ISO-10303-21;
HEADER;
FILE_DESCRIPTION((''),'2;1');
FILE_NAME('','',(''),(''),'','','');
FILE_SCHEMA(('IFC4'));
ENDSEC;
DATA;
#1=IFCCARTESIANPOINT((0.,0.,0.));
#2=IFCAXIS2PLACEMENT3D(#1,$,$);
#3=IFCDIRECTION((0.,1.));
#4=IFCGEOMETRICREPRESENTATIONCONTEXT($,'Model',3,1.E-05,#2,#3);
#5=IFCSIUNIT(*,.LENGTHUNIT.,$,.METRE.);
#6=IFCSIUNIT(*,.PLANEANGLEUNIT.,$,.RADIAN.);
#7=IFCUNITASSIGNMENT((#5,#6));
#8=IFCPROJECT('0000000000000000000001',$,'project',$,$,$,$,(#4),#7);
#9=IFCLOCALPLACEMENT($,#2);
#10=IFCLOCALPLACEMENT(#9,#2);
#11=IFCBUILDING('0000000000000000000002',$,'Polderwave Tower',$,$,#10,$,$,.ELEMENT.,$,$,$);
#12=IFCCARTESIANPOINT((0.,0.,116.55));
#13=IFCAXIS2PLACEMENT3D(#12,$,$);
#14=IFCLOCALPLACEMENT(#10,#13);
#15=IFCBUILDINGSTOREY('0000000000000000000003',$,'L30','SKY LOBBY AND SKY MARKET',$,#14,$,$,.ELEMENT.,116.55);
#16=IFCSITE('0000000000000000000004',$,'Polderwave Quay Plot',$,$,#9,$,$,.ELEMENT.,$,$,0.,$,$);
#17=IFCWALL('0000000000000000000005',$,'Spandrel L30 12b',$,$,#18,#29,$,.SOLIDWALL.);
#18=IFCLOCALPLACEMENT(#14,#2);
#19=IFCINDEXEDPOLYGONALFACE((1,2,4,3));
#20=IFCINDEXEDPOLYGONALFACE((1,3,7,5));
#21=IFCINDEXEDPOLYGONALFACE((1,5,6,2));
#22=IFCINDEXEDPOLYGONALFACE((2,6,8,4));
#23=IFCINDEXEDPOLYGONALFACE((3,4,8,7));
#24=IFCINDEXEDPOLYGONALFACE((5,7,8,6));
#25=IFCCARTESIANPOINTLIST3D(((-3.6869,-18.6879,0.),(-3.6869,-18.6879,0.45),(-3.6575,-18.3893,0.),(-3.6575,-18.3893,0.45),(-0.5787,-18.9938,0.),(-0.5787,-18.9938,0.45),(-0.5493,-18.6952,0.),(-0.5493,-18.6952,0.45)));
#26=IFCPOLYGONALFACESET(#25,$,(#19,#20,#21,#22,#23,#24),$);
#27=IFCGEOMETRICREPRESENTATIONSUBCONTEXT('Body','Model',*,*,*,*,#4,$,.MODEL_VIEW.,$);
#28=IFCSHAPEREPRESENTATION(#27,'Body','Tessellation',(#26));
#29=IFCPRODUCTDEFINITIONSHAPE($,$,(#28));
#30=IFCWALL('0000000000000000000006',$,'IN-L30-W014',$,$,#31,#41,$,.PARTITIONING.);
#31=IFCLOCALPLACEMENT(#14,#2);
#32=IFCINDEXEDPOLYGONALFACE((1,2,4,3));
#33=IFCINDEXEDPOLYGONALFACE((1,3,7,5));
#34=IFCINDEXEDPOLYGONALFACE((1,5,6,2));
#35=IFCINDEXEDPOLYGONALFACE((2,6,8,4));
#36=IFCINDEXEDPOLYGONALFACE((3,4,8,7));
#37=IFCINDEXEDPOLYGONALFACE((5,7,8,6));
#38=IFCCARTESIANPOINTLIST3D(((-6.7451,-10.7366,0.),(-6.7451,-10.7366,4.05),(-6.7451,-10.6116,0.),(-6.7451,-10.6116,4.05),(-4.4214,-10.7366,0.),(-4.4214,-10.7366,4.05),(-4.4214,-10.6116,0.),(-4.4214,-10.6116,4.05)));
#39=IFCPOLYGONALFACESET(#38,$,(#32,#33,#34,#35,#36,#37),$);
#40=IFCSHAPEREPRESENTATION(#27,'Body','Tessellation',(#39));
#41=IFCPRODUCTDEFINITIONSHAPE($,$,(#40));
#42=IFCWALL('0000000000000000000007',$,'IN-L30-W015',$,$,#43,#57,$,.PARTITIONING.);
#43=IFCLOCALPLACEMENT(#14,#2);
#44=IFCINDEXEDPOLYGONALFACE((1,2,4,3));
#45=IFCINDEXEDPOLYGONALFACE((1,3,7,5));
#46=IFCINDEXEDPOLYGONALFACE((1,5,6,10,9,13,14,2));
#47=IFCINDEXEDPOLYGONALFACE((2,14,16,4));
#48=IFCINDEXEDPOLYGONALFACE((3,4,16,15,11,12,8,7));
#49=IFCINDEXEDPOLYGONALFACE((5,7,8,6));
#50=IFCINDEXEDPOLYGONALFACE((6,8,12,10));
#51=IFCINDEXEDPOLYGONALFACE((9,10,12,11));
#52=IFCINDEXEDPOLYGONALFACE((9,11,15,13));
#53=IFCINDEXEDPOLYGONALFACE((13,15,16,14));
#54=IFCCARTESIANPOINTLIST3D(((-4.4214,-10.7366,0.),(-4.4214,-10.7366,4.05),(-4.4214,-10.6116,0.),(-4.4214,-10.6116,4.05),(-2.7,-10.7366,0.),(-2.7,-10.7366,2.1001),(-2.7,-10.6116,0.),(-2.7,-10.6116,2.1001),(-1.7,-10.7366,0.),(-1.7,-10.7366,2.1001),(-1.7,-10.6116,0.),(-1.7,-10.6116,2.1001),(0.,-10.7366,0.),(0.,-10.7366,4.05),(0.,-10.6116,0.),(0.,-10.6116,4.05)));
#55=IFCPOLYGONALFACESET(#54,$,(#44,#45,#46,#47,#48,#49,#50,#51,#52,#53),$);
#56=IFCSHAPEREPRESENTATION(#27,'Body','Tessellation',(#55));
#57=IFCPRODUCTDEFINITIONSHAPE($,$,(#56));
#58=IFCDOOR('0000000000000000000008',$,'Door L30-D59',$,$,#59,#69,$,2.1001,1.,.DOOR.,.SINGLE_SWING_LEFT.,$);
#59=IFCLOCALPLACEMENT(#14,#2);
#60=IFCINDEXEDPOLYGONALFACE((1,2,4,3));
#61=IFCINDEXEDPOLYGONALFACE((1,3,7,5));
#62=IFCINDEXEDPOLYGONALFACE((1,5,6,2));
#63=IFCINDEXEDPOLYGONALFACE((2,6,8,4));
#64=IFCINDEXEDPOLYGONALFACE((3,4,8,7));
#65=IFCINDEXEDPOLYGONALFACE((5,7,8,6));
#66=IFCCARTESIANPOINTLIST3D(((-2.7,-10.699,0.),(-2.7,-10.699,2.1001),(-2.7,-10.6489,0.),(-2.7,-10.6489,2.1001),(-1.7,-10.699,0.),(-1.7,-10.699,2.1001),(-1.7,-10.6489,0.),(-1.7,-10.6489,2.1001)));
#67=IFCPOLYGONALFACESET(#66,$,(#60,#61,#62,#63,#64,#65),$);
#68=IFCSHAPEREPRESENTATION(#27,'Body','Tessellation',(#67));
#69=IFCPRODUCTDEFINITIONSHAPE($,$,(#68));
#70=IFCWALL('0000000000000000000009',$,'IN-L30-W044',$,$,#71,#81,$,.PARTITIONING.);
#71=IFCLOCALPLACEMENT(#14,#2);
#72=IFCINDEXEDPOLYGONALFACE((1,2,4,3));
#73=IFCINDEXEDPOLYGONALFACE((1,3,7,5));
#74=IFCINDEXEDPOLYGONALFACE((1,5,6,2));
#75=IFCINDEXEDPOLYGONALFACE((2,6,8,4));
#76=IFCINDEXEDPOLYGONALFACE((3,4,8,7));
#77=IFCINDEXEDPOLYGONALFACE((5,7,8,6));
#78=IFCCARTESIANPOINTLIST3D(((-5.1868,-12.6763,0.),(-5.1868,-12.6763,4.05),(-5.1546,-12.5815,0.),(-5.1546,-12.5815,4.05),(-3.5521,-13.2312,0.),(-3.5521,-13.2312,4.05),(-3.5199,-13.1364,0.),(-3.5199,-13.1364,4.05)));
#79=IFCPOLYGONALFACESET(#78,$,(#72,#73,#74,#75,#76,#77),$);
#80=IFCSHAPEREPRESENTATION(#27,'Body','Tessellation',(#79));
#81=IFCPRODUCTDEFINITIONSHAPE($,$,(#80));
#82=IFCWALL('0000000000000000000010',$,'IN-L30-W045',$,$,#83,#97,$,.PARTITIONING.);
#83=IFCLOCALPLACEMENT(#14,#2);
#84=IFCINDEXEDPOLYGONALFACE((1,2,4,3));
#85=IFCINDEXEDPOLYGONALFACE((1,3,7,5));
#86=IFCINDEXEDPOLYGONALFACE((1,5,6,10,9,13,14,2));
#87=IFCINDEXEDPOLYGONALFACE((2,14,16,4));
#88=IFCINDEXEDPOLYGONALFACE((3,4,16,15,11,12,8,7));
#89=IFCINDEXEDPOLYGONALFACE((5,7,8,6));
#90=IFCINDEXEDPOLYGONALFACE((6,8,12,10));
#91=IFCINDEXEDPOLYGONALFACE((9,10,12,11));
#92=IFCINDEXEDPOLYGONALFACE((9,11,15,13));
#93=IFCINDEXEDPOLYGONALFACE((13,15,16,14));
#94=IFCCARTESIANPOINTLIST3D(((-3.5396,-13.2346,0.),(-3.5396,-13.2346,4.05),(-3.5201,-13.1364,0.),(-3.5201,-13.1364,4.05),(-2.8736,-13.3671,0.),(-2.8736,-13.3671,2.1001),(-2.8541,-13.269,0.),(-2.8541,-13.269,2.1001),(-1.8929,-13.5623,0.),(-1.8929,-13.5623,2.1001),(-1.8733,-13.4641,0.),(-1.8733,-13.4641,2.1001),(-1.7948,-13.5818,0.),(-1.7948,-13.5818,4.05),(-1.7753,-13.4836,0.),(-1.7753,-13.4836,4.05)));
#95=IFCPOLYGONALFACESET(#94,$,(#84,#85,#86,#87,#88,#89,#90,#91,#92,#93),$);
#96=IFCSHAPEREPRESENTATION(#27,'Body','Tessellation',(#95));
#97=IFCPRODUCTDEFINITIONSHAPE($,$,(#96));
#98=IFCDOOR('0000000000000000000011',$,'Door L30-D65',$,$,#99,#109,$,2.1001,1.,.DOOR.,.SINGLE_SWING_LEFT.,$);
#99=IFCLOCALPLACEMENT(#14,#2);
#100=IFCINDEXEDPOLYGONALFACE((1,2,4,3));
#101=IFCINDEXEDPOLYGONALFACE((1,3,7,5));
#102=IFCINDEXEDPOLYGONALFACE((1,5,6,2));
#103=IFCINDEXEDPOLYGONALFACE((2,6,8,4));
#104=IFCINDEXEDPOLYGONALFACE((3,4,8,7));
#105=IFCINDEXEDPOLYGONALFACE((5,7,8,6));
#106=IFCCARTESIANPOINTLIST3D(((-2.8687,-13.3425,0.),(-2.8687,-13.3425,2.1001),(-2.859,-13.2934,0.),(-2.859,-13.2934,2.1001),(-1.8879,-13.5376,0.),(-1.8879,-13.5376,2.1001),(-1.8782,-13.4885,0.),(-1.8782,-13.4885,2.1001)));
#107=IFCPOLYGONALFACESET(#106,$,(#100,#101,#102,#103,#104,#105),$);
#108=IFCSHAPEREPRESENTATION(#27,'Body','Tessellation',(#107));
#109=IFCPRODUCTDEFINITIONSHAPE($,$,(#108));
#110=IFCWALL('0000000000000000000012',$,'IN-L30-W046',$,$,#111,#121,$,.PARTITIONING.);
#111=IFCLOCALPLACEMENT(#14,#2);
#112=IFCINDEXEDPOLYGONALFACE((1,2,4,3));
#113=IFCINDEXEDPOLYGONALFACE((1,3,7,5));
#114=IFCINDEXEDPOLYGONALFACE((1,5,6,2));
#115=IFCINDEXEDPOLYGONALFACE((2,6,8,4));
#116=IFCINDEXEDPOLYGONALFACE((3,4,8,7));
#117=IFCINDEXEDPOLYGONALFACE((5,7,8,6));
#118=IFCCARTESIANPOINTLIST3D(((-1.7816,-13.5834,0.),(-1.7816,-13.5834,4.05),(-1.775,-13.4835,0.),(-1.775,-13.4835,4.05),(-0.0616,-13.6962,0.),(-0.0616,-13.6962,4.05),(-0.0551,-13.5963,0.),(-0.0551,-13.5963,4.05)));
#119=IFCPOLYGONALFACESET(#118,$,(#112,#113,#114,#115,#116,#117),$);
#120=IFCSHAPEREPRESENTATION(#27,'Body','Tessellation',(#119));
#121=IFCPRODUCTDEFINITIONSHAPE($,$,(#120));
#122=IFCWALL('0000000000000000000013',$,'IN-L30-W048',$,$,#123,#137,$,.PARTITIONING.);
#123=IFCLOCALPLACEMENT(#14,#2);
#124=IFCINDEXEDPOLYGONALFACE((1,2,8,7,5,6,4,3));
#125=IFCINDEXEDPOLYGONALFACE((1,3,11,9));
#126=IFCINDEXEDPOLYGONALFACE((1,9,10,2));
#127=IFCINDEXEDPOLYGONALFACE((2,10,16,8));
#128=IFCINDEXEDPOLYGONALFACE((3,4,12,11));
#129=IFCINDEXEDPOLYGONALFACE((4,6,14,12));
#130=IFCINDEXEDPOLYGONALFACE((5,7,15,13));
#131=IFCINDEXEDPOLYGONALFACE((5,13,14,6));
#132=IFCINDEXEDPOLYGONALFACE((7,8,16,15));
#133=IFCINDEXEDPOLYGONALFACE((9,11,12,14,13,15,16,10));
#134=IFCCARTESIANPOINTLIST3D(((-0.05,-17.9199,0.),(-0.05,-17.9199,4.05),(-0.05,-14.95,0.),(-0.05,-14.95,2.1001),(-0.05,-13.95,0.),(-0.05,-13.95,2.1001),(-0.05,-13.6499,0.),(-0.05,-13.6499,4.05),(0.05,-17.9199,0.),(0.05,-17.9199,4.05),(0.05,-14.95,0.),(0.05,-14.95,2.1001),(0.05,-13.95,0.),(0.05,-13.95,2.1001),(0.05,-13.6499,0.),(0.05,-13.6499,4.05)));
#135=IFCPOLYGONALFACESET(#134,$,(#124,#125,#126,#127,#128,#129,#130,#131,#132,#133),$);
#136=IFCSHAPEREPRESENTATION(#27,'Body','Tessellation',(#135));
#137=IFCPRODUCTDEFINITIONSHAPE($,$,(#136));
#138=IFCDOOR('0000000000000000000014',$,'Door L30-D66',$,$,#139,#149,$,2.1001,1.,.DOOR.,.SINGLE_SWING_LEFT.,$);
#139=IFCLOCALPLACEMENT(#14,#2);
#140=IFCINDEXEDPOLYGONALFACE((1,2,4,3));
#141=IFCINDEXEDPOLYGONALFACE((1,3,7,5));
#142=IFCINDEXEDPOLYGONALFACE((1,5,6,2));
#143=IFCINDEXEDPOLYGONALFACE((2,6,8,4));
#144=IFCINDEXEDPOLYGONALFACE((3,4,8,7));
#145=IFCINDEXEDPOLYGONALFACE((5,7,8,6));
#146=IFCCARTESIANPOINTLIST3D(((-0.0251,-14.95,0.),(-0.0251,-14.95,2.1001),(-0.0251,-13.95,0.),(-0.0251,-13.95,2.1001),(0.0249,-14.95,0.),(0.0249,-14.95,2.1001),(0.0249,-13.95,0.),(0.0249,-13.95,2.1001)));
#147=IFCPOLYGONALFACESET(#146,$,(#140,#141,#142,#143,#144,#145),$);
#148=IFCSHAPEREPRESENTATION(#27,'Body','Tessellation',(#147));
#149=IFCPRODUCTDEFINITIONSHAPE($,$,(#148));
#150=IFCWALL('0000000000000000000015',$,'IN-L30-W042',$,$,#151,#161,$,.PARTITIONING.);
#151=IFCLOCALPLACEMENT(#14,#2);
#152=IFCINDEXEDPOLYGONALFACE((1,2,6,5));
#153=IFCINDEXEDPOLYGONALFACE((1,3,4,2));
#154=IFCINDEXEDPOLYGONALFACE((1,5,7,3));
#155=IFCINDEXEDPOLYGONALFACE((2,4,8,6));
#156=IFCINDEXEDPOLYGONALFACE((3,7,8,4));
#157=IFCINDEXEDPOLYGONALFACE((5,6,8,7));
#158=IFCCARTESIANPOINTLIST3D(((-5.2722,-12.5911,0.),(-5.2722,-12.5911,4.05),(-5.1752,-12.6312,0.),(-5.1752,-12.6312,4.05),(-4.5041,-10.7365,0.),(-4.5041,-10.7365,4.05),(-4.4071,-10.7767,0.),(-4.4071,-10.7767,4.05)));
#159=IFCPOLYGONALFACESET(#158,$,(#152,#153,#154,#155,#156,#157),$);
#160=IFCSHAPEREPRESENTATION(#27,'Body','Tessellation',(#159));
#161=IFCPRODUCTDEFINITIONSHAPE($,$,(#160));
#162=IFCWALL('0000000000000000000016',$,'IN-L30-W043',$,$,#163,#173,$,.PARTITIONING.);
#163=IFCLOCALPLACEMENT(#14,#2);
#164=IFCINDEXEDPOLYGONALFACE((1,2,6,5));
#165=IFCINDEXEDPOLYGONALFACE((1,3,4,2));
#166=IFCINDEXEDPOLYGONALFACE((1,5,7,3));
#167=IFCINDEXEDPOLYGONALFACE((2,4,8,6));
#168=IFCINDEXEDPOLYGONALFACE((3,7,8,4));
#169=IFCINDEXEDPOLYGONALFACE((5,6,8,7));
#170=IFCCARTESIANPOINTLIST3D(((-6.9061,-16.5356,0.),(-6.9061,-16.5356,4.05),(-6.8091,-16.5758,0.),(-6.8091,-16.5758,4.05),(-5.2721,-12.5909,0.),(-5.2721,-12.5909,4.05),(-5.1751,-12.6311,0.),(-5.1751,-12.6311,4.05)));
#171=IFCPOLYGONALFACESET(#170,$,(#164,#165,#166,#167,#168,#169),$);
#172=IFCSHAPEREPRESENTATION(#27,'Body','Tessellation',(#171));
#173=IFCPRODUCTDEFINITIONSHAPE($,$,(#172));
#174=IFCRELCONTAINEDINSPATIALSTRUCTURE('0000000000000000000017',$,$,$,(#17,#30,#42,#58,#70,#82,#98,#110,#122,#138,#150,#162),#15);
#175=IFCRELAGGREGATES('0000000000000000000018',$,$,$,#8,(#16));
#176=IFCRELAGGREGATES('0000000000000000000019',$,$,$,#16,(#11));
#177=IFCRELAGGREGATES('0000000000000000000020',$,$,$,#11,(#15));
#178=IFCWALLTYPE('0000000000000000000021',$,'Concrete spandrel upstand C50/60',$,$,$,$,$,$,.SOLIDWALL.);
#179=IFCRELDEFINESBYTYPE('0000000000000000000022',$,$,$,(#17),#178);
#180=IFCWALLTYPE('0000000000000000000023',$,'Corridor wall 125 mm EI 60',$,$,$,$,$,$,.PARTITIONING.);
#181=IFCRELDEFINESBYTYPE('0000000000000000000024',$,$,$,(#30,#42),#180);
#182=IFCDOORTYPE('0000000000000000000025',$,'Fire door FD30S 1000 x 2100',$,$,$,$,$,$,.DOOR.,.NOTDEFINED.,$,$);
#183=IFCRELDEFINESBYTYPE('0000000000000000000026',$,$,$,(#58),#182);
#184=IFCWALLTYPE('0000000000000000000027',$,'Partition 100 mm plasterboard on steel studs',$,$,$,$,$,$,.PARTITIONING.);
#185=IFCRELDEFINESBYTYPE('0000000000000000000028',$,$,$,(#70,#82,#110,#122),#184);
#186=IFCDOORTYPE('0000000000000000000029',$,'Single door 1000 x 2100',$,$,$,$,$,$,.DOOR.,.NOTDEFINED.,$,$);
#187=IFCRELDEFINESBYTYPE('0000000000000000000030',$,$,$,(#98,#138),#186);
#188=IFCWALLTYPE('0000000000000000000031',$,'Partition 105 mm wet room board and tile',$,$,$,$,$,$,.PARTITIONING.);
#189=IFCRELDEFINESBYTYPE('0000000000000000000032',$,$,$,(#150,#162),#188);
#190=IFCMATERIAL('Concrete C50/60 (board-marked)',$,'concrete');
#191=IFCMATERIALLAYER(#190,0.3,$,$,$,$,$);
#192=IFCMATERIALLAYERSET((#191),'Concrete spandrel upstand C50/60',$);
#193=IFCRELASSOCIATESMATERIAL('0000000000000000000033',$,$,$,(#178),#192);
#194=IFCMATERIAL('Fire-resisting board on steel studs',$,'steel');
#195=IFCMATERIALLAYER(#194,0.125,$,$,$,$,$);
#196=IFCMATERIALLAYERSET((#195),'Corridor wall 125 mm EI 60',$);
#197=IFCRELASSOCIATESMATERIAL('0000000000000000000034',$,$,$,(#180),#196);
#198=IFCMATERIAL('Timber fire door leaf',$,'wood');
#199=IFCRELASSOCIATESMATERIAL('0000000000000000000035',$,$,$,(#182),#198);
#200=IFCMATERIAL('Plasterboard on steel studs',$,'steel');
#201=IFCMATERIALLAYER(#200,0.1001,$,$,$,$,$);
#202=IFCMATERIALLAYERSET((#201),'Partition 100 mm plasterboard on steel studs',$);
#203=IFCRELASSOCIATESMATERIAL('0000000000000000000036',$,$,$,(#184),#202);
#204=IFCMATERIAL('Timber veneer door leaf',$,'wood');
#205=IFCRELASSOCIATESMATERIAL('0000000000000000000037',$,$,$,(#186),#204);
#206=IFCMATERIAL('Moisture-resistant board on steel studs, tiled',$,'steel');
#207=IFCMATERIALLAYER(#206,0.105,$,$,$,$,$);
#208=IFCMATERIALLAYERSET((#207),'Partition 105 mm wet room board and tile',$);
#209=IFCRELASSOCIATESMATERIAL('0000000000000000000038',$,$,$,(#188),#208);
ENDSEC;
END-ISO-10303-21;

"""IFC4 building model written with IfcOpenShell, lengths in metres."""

from ifc_helpers import new_model, si_unit, direction, frame, frame_2d, origin, place, context, subcontext, project, spatial, rectangle, extrude, material, layer, layer_set, type_object, element, fill, save


model = new_model("IFC4")

# Units and contexts
model_context = context("Model", 3, precision=1e-05, world=origin(), true_north=direction((0.0, 1.0)))
body_context = subcontext(model_context, "Body", "Model", "MODEL_VIEW")
ifc_project = project(units=[si_unit("LENGTHUNIT", "METRE"), si_unit("PLANEANGLEUNIT", "RADIAN")], contexts=[model_context])

# Site, building, storey
site_placement = place(None, origin())
site = spatial("IfcSite", under=ifc_project, at=site_placement, Name="Polderwave Quay Plot", CompositionType="ELEMENT", RefElevation=0.0)
building_placement = place(site_placement, origin())
building = spatial("IfcBuilding", under=site, at=building_placement, Name="Polderwave Tower", CompositionType="ELEMENT")
storey_placement = place(building_placement, frame((0.0, 0.0, 116.55)))
storey = spatial("IfcBuildingStorey", under=building, at=storey_placement, Name="L30", Description="SKY LOBBY AND SKY MARKET", CompositionType="ELEMENT", Elevation=116.55)

# Walls
ifc_material_1 = material(Name="Concrete C50/60 (board-marked)", Category="concrete")
ifc_layer_1 = layer(ifc_material_1, 0.3)
ifc_layer_set_1 = layer_set([ifc_layer_1], Name="Concrete spandrel upstand C50/60")
wall_type_1 = type_object("IfcWallType", Name="Concrete spandrel upstand C50/60", PredefinedType="SOLIDWALL", material=ifc_layer_set_1)
wall_1_placement = place(storey_placement, frame((-3.6721, -18.5386, 0.0), z_axis=(0.0, 0.0, 1.0), x_axis=(0.995192, -0.097948, 0.0)))
element("IfcWall", 1, at=wall_1_placement, inside=storey, type_object=wall_type_1, Name="Spandrel L30 12b", PredefinedType="SOLIDWALL", context=body_context, shape_type="SweptSolid", body=[
    extrude(rectangle(XDim=3.1233, YDim=0.3, at=frame_2d((1.5615, 0.0))), origin(), (0.0, 0.0, 1.0), 0.45),
])
ifc_material_2 = material(Name="Fire-resisting board on steel studs", Category="steel")
ifc_layer_2 = layer(ifc_material_2, 0.125)
ifc_layer_set_2 = layer_set([ifc_layer_2], Name="Corridor wall 125 mm EI 60")
wall_type_2 = type_object("IfcWallType", Name="Corridor wall 125 mm EI 60", PredefinedType="PARTITIONING", material=ifc_layer_set_2)
wall_2_placement = place(storey_placement, frame((-4.4214, -10.6741, 0.0), z_axis=(0.0, 0.0, 1.0), x_axis=(-1.0, 0.0, 0.0)))
element("IfcWall", 2, at=wall_2_placement, inside=storey, type_object=wall_type_2, Name="IN-L30-W014", PredefinedType="PARTITIONING", context=body_context, shape_type="SweptSolid", body=[
    extrude(rectangle(XDim=2.3237, YDim=0.125, at=frame_2d((1.1619, 0.0))), origin(), (0.0, 0.0, 1.0), 4.05),
])

# Wall, opening, door
wall_3_placement = place(storey_placement, frame((0.0, -10.6741, 0.0), z_axis=(0.0, 0.0, 1.0), x_axis=(-1.0, 0.0, 0.0)))
wall_3 = element("IfcWall", 3, at=wall_3_placement, inside=storey, type_object=wall_type_2, Name="IN-L30-W015", PredefinedType="PARTITIONING", context=body_context, shape_type="SweptSolid", body=[
    extrude(rectangle(XDim=4.4214, YDim=0.125, at=frame_2d((2.2107, 0.0))), origin(), (0.0, 0.0, 1.0), 4.05),
])
opening_1_placement = place(wall_3_placement, frame((1.7, 0.0, 0.0)))
opening_1 = element("IfcOpeningElement", 4, at=opening_1_placement, cuts=wall_3, PredefinedType="OPENING", context=body_context, shape_type="SweptSolid", body=[
    extrude(rectangle(XDim=1.0, YDim=2.1001, at=frame_2d((0.5, 1.05))), frame((0.0, 0.0725, 0.0), z_axis=(0.0, -1.0, 0.0), x_axis=(1.0, 0.0, 0.0)), (0.0, 0.0, 1.0), 0.145),
])
ifc_material_3 = material(Name="Timber fire door leaf", Category="wood")
door_type_1 = type_object("IfcDoorType", Name="Fire door FD30S 1000 x 2100", OperationType="NOTDEFINED", PredefinedType="DOOR", material=ifc_material_3)
door_1_placement = place(opening_1_placement, origin())
door_1 = element("IfcDoor", 5, at=door_1_placement, inside=storey, type_object=door_type_1, Name="Door L30-D59", OperationType="SINGLE_SWING_LEFT", OverallHeight=2.1001, OverallWidth=1.0, PredefinedType="DOOR", context=body_context, shape_type="SweptSolid", body=[
    extrude(rectangle(XDim=1.0, YDim=2.1001, at=frame_2d((0.5, 1.05))), frame((0.0, 0.0249, 0.0), z_axis=(0.0, -1.0, 0.0), x_axis=(1.0, 0.0, 0.0)), (0.0, 0.0, 1.0), 0.05),
])
fill(opening_1, door_1)

# Wall
ifc_material_4 = material(Name="Plasterboard on steel studs", Category="steel")
ifc_layer_3 = layer(ifc_material_4, 0.1001)
ifc_layer_set_3 = layer_set([ifc_layer_3], Name="Partition 100 mm plasterboard on steel studs")
wall_type_3 = type_object("IfcWallType", Name="Partition 100 mm plasterboard on steel studs", PredefinedType="PARTITIONING", material=ifc_layer_set_3)
wall_4_placement = place(storey_placement, frame((-3.5359, -13.1838, 0.0), z_axis=(0.0, 0.0, 1.0), x_axis=(-0.94693, 0.321441, 0.0)))
element("IfcWall", 6, at=wall_4_placement, inside=storey, type_object=wall_type_3, Name="IN-L30-W044", PredefinedType="PARTITIONING", context=body_context, shape_type="SweptSolid", body=[
    extrude(rectangle(XDim=1.7263, YDim=0.1001, at=frame_2d((0.8633, 0.0))), origin(), (0.0, 0.0, 1.0), 4.05),
])

# Wall, opening, door
wall_5_placement = place(storey_placement, frame((-1.7849, -13.5327, 0.0), z_axis=(0.0, 0.0, 1.0), x_axis=(-0.980775, 0.19514, 0.0)))
wall_5 = element("IfcWall", 7, at=wall_5_placement, inside=storey, type_object=wall_type_3, Name="IN-L30-W045", PredefinedType="PARTITIONING", context=body_context, shape_type="SweptSolid", body=[
    extrude(rectangle(XDim=1.7791, YDim=0.1001, at=frame_2d((0.8896, 0.0))), origin(), (0.0, 0.0, 1.0), 4.05),
])
opening_2_placement = place(wall_5_placement, frame((0.1001, 0.0, 0.0)))
opening_2 = element("IfcOpeningElement", 8, at=opening_2_placement, cuts=wall_5, PredefinedType="OPENING", context=body_context, shape_type="SweptSolid", body=[
    extrude(rectangle(XDim=1.0, YDim=2.1001, at=frame_2d((0.5, 1.05))), frame((0.0, 0.0601, 0.0), z_axis=(0.0, -1.0, 0.0), x_axis=(1.0, 0.0, 0.0)), (0.0, 0.0, 1.0), 0.1201),
])
ifc_material_5 = material(Name="Timber veneer door leaf", Category="wood")
door_type_2 = type_object("IfcDoorType", Name="Single door 1000 x 2100", OperationType="NOTDEFINED", PredefinedType="DOOR", material=ifc_material_5)
door_2_placement = place(opening_2_placement, origin())
door_2 = element("IfcDoor", 9, at=door_2_placement, inside=storey, type_object=door_type_2, Name="Door L30-D65", OperationType="SINGLE_SWING_LEFT", OverallHeight=2.1001, OverallWidth=1.0, PredefinedType="DOOR", context=body_context, shape_type="SweptSolid", body=[
    extrude(rectangle(XDim=1.0, YDim=2.1001, at=frame_2d((0.5, 1.05))), frame((0.0, 0.0249, 0.0), z_axis=(0.0, -1.0, 0.0), x_axis=(1.0, 0.0, 0.0)), (0.0, 0.0, 1.0), 0.05),
])
fill(opening_2, door_2)

# Wall
wall_6_placement = place(storey_placement, frame((-0.0583, -13.6462, 0.0), z_axis=(0.0, 0.0, 1.0), x_axis=(-0.997857, 0.065438, 0.0)))
element("IfcWall", 10, at=wall_6_placement, inside=storey, type_object=wall_type_3, Name="IN-L30-W046", PredefinedType="PARTITIONING", context=body_context, shape_type="SweptSolid", body=[
    extrude(rectangle(XDim=1.7236, YDim=0.1001, at=frame_2d((0.8618, 0.0))), origin(), (0.0, 0.0, 1.0), 4.05),
])

# Wall, opening, door
wall_7_placement = place(storey_placement, frame((0.0, -13.6499, 0.0), z_axis=(0.0, 0.0, 1.0), x_axis=(0.0, -1.0, 0.0)))
wall_7 = element("IfcWall", 11, at=wall_7_placement, inside=storey, type_object=wall_type_3, Name="IN-L30-W048", PredefinedType="PARTITIONING", context=body_context, shape_type="SweptSolid", body=[
    extrude(rectangle(XDim=4.27, YDim=0.1001, at=frame_2d((2.135, 0.0))), origin(), (0.0, 0.0, 1.0), 4.05),
])
opening_3_placement = place(wall_7_placement, frame((0.3, 0.0, 0.0)))
opening_3 = element("IfcOpeningElement", 12, at=opening_3_placement, cuts=wall_7, PredefinedType="OPENING", context=body_context, shape_type="SweptSolid", body=[
    extrude(rectangle(XDim=1.0, YDim=2.1001, at=frame_2d((0.5, 1.05))), frame((0.0, 0.0601, 0.0), z_axis=(0.0, -1.0, 0.0), x_axis=(1.0, 0.0, 0.0)), (0.0, 0.0, 1.0), 0.1201),
])
door_3_placement = place(opening_3_placement, origin())
door_3 = element("IfcDoor", 13, at=door_3_placement, inside=storey, type_object=door_type_2, Name="Door L30-D66", OperationType="SINGLE_SWING_LEFT", OverallHeight=2.1001, OverallWidth=1.0, PredefinedType="DOOR", context=body_context, shape_type="SweptSolid", body=[
    extrude(rectangle(XDim=1.0, YDim=2.1001, at=frame_2d((0.5, 1.05))), frame((0.0, 0.0249, 0.0), z_axis=(0.0, -1.0, 0.0), x_axis=(1.0, 0.0, 0.0)), (0.0, 0.0, 1.0), 0.05),
])
fill(opening_3, door_3)

# Walls
ifc_material_6 = material(Name="Moisture-resistant board on steel studs, tiled", Category="steel")
ifc_layer_4 = layer(ifc_material_6, 0.105)
ifc_layer_set_4 = layer_set([ifc_layer_4], Name="Partition 105 mm wet room board and tile")
wall_type_4 = type_object("IfcWallType", Name="Partition 105 mm wet room board and tile", PredefinedType="PARTITIONING", material=ifc_layer_set_4)
wall_8_placement = place(storey_placement, frame((-4.4556, -10.7566, 0.0), z_axis=(0.0, 0.0, 1.0), x_axis=(-0.382645, -0.923895, 0.0)))
element("IfcWall", 14, at=wall_8_placement, inside=storey, type_object=wall_type_4, Name="IN-L30-W042", PredefinedType="PARTITIONING", context=body_context, shape_type="SweptSolid", body=[
    extrude(rectangle(XDim=2.0073, YDim=0.105, at=frame_2d((1.0037, 0.0))), origin(), (0.0, 0.0, 1.0), 4.05),
])
wall_9_placement = place(storey_placement, frame((-5.2236, -12.6111, 0.0), z_axis=(0.0, 0.0, 1.0), x_axis=(-0.38269, -0.923877, 0.0)))
element("IfcWall", 15, at=wall_9_placement, inside=storey, type_object=wall_type_4, Name="IN-L30-W043", PredefinedType="PARTITIONING", context=body_context, shape_type="SweptSolid", body=[
    extrude(rectangle(XDim=4.2698, YDim=0.105, at=frame_2d((2.1348, 0.0))), origin(), (0.0, 0.0, 1.0), 4.05),
])

save(model, "model.ifc")
